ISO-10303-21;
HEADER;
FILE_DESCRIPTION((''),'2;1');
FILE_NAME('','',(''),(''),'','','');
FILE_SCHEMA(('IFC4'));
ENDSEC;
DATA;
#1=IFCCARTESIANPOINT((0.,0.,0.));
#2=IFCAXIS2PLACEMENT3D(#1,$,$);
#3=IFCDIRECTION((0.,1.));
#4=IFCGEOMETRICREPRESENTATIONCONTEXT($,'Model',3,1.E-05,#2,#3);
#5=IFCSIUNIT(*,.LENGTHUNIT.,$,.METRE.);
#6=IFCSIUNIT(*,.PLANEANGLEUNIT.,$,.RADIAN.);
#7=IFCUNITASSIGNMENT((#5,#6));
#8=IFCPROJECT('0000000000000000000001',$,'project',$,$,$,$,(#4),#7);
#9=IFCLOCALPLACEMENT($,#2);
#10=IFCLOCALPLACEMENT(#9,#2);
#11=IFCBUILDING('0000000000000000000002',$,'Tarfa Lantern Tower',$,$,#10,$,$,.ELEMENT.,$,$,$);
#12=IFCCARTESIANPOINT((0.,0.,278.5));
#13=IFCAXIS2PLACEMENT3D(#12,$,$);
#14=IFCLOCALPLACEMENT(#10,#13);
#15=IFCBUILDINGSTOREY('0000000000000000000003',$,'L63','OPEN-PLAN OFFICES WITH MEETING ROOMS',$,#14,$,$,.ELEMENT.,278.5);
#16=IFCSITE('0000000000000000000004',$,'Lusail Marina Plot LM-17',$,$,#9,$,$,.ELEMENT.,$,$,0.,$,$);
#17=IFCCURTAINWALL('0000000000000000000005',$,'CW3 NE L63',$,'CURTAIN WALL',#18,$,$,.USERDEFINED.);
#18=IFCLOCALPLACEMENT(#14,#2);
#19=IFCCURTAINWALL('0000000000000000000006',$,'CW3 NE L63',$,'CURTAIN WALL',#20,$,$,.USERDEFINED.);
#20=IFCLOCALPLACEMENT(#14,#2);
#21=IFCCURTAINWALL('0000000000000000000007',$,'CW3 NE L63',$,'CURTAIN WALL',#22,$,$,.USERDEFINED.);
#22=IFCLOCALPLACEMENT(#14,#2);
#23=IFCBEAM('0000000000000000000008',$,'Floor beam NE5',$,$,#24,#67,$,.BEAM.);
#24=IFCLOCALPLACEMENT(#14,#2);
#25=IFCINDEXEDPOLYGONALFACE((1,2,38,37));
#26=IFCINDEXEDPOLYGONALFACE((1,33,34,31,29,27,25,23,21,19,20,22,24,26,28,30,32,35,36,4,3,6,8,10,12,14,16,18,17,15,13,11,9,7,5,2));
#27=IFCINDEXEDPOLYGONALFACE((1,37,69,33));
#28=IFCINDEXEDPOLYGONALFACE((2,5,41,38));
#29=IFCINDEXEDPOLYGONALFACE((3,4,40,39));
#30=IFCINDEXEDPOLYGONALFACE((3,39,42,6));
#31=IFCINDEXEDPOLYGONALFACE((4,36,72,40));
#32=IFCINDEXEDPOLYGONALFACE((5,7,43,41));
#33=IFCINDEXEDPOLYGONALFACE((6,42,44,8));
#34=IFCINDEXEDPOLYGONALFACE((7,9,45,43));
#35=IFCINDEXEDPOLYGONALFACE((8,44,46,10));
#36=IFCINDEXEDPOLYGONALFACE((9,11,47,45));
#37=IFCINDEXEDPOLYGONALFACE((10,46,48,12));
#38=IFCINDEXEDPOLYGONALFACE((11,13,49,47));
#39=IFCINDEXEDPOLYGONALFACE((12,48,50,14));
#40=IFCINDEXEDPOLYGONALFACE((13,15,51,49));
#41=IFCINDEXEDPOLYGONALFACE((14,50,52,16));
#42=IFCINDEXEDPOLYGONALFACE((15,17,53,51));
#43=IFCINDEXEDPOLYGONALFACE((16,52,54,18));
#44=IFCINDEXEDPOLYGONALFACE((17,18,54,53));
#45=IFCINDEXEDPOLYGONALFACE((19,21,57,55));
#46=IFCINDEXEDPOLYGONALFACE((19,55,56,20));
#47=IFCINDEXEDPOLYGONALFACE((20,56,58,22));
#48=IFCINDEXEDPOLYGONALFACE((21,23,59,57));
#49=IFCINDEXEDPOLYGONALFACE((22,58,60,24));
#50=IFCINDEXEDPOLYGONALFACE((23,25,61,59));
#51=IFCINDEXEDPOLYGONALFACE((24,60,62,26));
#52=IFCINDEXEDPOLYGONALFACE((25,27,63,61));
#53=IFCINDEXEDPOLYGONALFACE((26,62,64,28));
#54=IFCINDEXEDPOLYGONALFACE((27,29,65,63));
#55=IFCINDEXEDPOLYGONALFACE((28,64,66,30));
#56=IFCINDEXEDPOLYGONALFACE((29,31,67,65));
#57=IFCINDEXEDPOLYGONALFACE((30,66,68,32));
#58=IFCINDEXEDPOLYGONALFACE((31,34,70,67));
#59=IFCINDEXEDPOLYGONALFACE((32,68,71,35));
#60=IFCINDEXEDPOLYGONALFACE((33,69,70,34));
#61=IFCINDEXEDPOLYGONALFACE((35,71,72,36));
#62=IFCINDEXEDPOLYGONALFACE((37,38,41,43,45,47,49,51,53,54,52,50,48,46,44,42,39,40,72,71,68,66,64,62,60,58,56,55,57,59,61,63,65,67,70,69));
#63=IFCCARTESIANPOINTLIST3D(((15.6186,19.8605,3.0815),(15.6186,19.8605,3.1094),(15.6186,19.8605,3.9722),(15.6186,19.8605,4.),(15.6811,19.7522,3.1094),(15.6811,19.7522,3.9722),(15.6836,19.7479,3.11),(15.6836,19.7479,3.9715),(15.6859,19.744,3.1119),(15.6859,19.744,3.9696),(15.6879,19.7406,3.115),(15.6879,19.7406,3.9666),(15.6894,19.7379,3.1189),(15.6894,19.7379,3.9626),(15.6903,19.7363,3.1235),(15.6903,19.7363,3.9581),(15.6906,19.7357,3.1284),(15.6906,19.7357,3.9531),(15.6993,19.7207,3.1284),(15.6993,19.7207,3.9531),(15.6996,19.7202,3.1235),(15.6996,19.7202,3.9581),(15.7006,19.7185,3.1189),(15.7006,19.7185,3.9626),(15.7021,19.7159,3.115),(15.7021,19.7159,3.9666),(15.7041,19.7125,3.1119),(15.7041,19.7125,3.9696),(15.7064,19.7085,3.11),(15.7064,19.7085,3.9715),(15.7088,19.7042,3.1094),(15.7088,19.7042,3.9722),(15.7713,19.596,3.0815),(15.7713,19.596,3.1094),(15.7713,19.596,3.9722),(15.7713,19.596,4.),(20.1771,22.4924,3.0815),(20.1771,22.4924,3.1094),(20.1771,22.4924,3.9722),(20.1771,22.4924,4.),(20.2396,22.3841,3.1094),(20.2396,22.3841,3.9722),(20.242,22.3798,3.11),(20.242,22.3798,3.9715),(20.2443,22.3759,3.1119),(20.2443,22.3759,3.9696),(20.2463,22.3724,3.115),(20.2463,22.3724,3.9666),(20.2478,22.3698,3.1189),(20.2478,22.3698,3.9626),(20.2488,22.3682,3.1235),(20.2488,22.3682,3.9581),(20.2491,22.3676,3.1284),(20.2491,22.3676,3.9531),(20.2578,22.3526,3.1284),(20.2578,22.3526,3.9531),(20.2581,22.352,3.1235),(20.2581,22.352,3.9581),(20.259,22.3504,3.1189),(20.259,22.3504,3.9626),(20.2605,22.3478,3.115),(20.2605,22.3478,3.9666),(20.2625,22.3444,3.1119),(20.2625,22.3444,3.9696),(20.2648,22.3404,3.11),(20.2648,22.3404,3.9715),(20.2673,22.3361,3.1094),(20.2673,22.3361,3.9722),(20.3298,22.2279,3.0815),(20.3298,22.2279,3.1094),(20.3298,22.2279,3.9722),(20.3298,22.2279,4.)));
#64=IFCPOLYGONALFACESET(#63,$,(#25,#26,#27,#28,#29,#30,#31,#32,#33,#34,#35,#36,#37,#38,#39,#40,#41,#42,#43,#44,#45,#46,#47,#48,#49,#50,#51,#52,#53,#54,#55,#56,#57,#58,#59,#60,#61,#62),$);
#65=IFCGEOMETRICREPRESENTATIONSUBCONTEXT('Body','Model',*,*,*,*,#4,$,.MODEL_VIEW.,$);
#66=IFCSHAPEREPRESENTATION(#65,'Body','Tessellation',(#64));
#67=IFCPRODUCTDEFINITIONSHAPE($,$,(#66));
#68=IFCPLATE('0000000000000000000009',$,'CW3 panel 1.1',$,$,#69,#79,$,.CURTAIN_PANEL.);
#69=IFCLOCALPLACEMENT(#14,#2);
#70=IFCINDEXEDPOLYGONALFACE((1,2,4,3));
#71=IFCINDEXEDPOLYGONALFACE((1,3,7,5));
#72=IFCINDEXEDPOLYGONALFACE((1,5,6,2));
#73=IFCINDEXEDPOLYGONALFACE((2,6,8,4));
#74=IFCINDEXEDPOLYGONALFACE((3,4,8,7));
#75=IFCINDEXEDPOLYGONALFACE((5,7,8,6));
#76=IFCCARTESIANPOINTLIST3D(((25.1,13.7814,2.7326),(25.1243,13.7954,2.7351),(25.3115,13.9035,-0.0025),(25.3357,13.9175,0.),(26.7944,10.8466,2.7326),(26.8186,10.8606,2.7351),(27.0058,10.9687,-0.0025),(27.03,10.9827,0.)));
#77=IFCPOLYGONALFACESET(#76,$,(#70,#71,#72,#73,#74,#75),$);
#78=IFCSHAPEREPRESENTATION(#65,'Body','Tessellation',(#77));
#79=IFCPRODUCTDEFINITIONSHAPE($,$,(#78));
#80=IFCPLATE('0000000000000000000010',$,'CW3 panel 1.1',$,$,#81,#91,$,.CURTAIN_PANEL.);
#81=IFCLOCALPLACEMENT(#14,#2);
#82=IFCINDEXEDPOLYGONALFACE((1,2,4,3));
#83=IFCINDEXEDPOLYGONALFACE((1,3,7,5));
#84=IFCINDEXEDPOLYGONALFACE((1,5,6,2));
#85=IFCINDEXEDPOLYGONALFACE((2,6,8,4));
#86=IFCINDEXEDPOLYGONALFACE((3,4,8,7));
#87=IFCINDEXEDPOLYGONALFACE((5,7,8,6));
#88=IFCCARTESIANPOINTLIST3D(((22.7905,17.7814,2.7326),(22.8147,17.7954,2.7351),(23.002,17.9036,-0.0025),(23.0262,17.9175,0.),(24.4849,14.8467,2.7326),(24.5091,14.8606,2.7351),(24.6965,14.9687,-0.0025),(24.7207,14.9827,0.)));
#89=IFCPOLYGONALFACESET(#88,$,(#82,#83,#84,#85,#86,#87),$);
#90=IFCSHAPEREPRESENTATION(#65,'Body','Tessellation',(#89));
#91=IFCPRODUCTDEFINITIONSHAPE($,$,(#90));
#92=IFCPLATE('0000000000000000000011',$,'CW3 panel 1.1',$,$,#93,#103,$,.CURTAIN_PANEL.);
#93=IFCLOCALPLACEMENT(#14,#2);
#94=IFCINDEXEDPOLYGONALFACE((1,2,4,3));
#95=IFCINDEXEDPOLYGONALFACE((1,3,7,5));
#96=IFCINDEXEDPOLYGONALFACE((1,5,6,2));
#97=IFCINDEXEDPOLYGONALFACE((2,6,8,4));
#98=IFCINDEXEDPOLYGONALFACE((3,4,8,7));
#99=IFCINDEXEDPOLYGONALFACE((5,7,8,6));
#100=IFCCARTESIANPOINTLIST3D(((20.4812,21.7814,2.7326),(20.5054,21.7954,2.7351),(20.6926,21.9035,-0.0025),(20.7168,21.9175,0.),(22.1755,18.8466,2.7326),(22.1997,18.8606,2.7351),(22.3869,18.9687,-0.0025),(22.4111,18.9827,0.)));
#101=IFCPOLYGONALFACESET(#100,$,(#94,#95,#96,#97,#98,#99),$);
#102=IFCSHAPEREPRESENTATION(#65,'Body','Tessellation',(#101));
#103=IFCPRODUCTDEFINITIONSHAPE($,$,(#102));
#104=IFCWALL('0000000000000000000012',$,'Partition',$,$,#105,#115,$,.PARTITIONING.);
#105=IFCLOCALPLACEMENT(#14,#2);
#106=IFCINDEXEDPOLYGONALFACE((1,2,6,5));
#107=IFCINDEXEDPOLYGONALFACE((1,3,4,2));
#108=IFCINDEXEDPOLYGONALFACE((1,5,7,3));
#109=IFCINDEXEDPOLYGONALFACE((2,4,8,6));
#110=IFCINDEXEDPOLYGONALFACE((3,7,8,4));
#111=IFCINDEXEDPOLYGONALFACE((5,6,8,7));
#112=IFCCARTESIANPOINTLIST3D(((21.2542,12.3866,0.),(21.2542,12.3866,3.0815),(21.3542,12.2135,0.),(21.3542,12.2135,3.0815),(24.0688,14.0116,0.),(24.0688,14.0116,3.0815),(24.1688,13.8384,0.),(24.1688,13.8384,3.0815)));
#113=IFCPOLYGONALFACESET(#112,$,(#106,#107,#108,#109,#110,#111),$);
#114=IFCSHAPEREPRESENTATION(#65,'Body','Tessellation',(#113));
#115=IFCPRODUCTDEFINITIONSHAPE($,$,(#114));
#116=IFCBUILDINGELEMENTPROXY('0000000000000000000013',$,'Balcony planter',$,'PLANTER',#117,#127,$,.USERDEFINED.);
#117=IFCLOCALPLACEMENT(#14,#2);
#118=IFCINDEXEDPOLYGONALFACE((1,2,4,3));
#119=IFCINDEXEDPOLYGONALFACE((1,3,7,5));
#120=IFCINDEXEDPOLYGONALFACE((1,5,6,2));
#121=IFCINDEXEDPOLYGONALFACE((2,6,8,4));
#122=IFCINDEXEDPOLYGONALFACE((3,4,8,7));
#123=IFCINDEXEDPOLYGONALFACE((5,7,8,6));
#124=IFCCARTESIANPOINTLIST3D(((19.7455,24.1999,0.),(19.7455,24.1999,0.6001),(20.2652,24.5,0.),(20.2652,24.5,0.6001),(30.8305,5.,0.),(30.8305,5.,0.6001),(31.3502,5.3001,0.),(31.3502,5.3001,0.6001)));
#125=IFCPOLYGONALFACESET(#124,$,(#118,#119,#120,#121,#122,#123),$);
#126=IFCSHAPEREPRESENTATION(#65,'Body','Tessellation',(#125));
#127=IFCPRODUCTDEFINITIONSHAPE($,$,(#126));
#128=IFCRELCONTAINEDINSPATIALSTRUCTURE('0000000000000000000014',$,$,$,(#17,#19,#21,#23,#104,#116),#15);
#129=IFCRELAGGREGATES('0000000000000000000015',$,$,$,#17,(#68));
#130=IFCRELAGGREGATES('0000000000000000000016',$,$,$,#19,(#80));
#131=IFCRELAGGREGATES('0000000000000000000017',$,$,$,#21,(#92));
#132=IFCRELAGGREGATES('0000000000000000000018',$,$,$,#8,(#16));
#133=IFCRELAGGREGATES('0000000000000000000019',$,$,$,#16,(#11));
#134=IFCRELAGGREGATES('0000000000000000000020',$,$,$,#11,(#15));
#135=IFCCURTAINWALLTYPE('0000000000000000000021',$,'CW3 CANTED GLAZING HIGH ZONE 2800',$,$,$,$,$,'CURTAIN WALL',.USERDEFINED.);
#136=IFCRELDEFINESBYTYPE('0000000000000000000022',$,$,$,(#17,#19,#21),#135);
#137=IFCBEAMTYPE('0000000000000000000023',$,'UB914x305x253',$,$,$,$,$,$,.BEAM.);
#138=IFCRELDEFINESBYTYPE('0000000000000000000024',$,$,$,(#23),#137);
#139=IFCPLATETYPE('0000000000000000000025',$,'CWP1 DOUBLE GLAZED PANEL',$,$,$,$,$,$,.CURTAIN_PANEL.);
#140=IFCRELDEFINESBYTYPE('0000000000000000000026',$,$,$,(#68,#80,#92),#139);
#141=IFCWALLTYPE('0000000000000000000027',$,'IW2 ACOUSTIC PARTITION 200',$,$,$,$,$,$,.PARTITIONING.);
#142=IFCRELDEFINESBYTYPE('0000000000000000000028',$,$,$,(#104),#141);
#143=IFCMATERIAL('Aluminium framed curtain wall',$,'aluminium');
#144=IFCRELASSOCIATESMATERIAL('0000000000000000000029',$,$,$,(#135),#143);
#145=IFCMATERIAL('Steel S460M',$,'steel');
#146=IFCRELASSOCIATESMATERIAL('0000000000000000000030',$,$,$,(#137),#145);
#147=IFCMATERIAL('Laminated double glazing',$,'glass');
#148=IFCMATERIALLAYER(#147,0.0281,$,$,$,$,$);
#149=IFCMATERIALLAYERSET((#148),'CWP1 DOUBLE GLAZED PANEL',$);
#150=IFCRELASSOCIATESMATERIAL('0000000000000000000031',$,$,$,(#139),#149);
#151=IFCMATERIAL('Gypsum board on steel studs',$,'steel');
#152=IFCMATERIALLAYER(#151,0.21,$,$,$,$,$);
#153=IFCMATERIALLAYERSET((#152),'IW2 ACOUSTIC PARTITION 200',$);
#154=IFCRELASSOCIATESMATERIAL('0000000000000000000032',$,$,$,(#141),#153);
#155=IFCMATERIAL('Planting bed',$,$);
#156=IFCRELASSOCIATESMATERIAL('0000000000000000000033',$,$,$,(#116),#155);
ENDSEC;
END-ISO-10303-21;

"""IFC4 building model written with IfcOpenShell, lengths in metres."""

from ifc_helpers import new_model, si_unit, direction, frame, frame_2d, origin, origin_2d, place, context, subcontext, project, spatial, polyline, rectangle, i_section, outline, extrude, material, layer, layer_set, material_profile, profile_set, type_object, element, aggregate, save


model = new_model("IFC4")

# Units and contexts
model_context = context("Model", 3, precision=1e-05, world=origin(), true_north=direction((0.0, 1.0)))
body_context = subcontext(model_context, "Body", "Model", "MODEL_VIEW")
ifc_project = project(units=[si_unit("LENGTHUNIT", "METRE"), si_unit("PLANEANGLEUNIT", "RADIAN")], contexts=[model_context])

# Site, building, storey
site_placement = place(None, origin())
site = spatial("IfcSite", under=ifc_project, at=site_placement, Name="Lusail Marina Plot LM-17", CompositionType="ELEMENT", RefElevation=0.0)
building_placement = place(site_placement, origin())
building = spatial("IfcBuilding", under=site, at=building_placement, Name="Tarfa Lantern Tower", CompositionType="ELEMENT")
storey_placement = place(building_placement, frame((0.0, 0.0, 278.5)))
storey = spatial("IfcBuildingStorey", under=building, at=storey_placement, Name="L63", Description="OPEN-PLAN OFFICES WITH MEETING ROOMS", CompositionType="ELEMENT", Elevation=278.5)

# Curtain walls
ifc_material_1 = material(Name="Aluminium framed curtain wall", Category="aluminium")
curtain_wall_type = type_object("IfcCurtainWallType", Name="CW3 CANTED GLAZING HIGH ZONE 2800", ElementType="CURTAIN WALL", PredefinedType="USERDEFINED", material=ifc_material_1)
curtain_wall_1_placement = place(storey_placement, origin())
curtain_wall_1 = element("IfcCurtainWall", 1, at=curtain_wall_1_placement, inside=storey, type_object=curtain_wall_type, Name="CW3 NE L63", ObjectType="CURTAIN WALL", PredefinedType="USERDEFINED")
curtain_wall_2_placement = place(storey_placement, origin())
curtain_wall_2 = element("IfcCurtainWall", 2, at=curtain_wall_2_placement, inside=storey, type_object=curtain_wall_type, Name="CW3 NE L63", ObjectType="CURTAIN WALL", PredefinedType="USERDEFINED")
curtain_wall_3_placement = place(storey_placement, origin())
curtain_wall_3 = element("IfcCurtainWall", 3, at=curtain_wall_3_placement, inside=storey, type_object=curtain_wall_type, Name="CW3 NE L63", ObjectType="CURTAIN WALL", PredefinedType="USERDEFINED")

# Beam
ifc_material_2 = material(Name="Steel S460M", Category="steel")
ifc_material_profile_1 = material_profile(ifc_material_2, i_section(OverallWidth=0.3054, OverallDepth=0.9185, WebThickness=0.0173, FlangeThickness=0.0278, FilletRadius=0.019, at=origin_2d()), Name="UB914x305x253")
ifc_profile_set_1 = profile_set([ifc_material_profile_1], Name="Steel S460M")
beam_type_1 = type_object("IfcBeamType", Name="UB914x305x253", PredefinedType="BEAM", material=ifc_profile_set_1)
beam_1_placement = place(storey_placement, frame((20.2534, 22.3601, 3.5408), z_axis=(-0.86602, -0.50001, 0.0), x_axis=(0.50001, -0.86602, 0.0)))
element("IfcBeam", 4, at=beam_1_placement, inside=storey, type_object=beam_type_1, Name="Floor beam NE5", PredefinedType="BEAM", context=body_context, shape_type="SweptSolid", body=[
    extrude(i_section(OverallWidth=0.3054, OverallDepth=0.9185, WebThickness=0.0173, FlangeThickness=0.0278, FilletRadius=0.019, at=origin_2d()), origin(), (0.0, 0.0, 1.0), 5.2637),
])

# Plates
ifc_material_3 = material(Name="Laminated double glazing", Category="glass")
ifc_layer_1 = layer(ifc_material_3, 0.0281)
ifc_layer_set_1 = layer_set([ifc_layer_1], Name="CWP1 DOUBLE GLAZED PANEL")
plate_type = type_object("IfcPlateType", Name="CWP1 DOUBLE GLAZED PANEL", PredefinedType="CURTAIN_PANEL", material=ifc_layer_set_1)
plate_1_placement = place(storey_placement, frame((27.03, 10.9827, 0.0), z_axis=(0.862606, 0.498002, 0.088906), x_axis=(-0.499982, 0.866036, 0.0)))
plate_1 = element("IfcPlate", 5, at=plate_1_placement, type_object=plate_type, Name="CW3 panel 1.1", PredefinedType="CURTAIN_PANEL", context=body_context, shape_type="SweptSolid", body=[
    extrude(outline(polyline([(0.0, 0.0), (3.3888, 0.0), (3.3888, 2.746), (0.0, 2.746), (0.0, 0.0)])), origin(), (0.0, 0.0, -1.0), 0.0281),
])
aggregate(curtain_wall_1, [plate_1])
plate_2_placement = place(storey_placement, frame((24.7207, 14.9827, 0.0), z_axis=(0.862588, 0.498028, 0.088945), x_axis=(-0.50001, 0.86602, 0.000003)))
plate_2 = element("IfcPlate", 6, at=plate_2_placement, type_object=plate_type, Name="CW3 panel 1.1", PredefinedType="CURTAIN_PANEL", context=body_context, shape_type="SweptSolid", body=[
    extrude(outline(polyline([(0.0, 0.0), (3.3889, 0.0), (3.3889, 2.746), (0.0001, 2.746), (0.0, 0.0)])), origin(), (0.0, 0.0, -1.0), 0.0281),
])
aggregate(curtain_wall_2, [plate_2])
plate_3_placement = place(storey_placement, frame((22.4111, 18.9827, 0.0), z_axis=(0.862606, 0.498002, 0.088906), x_axis=(-0.499982, 0.866036, 0.0)))
plate_3 = element("IfcPlate", 7, at=plate_3_placement, type_object=plate_type, Name="CW3 panel 1.1", PredefinedType="CURTAIN_PANEL", context=body_context, shape_type="SweptSolid", body=[
    extrude(outline(polyline([(0.0, 0.0), (3.3888, 0.0), (3.3888, 2.746), (0.0, 2.746), (0.0, 0.0)])), origin(), (0.0, 0.0, -1.0), 0.0281),
])
aggregate(curtain_wall_3, [plate_3])

# Wall
ifc_material_4 = material(Name="Gypsum board on steel studs", Category="steel")
ifc_layer_2 = layer(ifc_material_4, 0.21)
ifc_layer_set_2 = layer_set([ifc_layer_2], Name="IW2 ACOUSTIC PARTITION 200")
wall_type = type_object("IfcWallType", Name="IW2 ACOUSTIC PARTITION 200", PredefinedType="PARTITIONING", material=ifc_layer_set_2)
wall_placement = place(storey_placement, frame((21.3042, 12.3, 0.0), z_axis=(0.0, 0.0, 1.0), x_axis=(0.866034, 0.499985, 0.0)))
element("IfcWall", 8, at=wall_placement, inside=storey, type_object=wall_type, Name="Partition", PredefinedType="PARTITIONING", context=body_context, shape_type="SweptSolid", body=[
    extrude(rectangle(XDim=3.25, YDim=0.2, at=frame_2d((1.625, 0.0))), origin(), (0.0, 0.0, 1.0), 3.0815),
])

# Building element proxy
ifc_material_5 = material(Name="Planting bed")
proxy_placement = place(storey_placement, frame((25.5479, 14.75, 0.0), z_axis=(0.0, 0.0, 1.0), x_axis=(-0.5, 0.866025, 0.0)))
element("IfcBuildingElementProxy", 9, at=proxy_placement, inside=storey, material=ifc_material_5, Name="Balcony planter", ObjectType="PLANTER", PredefinedType="USERDEFINED", context=body_context, shape_type="SweptSolid", body=[
    extrude(rectangle(XDim=22.1702, YDim=0.6001, at=origin_2d()), origin(), (0.0, 0.0, 1.0), 0.6001),
])

save(model, "model.ifc")
